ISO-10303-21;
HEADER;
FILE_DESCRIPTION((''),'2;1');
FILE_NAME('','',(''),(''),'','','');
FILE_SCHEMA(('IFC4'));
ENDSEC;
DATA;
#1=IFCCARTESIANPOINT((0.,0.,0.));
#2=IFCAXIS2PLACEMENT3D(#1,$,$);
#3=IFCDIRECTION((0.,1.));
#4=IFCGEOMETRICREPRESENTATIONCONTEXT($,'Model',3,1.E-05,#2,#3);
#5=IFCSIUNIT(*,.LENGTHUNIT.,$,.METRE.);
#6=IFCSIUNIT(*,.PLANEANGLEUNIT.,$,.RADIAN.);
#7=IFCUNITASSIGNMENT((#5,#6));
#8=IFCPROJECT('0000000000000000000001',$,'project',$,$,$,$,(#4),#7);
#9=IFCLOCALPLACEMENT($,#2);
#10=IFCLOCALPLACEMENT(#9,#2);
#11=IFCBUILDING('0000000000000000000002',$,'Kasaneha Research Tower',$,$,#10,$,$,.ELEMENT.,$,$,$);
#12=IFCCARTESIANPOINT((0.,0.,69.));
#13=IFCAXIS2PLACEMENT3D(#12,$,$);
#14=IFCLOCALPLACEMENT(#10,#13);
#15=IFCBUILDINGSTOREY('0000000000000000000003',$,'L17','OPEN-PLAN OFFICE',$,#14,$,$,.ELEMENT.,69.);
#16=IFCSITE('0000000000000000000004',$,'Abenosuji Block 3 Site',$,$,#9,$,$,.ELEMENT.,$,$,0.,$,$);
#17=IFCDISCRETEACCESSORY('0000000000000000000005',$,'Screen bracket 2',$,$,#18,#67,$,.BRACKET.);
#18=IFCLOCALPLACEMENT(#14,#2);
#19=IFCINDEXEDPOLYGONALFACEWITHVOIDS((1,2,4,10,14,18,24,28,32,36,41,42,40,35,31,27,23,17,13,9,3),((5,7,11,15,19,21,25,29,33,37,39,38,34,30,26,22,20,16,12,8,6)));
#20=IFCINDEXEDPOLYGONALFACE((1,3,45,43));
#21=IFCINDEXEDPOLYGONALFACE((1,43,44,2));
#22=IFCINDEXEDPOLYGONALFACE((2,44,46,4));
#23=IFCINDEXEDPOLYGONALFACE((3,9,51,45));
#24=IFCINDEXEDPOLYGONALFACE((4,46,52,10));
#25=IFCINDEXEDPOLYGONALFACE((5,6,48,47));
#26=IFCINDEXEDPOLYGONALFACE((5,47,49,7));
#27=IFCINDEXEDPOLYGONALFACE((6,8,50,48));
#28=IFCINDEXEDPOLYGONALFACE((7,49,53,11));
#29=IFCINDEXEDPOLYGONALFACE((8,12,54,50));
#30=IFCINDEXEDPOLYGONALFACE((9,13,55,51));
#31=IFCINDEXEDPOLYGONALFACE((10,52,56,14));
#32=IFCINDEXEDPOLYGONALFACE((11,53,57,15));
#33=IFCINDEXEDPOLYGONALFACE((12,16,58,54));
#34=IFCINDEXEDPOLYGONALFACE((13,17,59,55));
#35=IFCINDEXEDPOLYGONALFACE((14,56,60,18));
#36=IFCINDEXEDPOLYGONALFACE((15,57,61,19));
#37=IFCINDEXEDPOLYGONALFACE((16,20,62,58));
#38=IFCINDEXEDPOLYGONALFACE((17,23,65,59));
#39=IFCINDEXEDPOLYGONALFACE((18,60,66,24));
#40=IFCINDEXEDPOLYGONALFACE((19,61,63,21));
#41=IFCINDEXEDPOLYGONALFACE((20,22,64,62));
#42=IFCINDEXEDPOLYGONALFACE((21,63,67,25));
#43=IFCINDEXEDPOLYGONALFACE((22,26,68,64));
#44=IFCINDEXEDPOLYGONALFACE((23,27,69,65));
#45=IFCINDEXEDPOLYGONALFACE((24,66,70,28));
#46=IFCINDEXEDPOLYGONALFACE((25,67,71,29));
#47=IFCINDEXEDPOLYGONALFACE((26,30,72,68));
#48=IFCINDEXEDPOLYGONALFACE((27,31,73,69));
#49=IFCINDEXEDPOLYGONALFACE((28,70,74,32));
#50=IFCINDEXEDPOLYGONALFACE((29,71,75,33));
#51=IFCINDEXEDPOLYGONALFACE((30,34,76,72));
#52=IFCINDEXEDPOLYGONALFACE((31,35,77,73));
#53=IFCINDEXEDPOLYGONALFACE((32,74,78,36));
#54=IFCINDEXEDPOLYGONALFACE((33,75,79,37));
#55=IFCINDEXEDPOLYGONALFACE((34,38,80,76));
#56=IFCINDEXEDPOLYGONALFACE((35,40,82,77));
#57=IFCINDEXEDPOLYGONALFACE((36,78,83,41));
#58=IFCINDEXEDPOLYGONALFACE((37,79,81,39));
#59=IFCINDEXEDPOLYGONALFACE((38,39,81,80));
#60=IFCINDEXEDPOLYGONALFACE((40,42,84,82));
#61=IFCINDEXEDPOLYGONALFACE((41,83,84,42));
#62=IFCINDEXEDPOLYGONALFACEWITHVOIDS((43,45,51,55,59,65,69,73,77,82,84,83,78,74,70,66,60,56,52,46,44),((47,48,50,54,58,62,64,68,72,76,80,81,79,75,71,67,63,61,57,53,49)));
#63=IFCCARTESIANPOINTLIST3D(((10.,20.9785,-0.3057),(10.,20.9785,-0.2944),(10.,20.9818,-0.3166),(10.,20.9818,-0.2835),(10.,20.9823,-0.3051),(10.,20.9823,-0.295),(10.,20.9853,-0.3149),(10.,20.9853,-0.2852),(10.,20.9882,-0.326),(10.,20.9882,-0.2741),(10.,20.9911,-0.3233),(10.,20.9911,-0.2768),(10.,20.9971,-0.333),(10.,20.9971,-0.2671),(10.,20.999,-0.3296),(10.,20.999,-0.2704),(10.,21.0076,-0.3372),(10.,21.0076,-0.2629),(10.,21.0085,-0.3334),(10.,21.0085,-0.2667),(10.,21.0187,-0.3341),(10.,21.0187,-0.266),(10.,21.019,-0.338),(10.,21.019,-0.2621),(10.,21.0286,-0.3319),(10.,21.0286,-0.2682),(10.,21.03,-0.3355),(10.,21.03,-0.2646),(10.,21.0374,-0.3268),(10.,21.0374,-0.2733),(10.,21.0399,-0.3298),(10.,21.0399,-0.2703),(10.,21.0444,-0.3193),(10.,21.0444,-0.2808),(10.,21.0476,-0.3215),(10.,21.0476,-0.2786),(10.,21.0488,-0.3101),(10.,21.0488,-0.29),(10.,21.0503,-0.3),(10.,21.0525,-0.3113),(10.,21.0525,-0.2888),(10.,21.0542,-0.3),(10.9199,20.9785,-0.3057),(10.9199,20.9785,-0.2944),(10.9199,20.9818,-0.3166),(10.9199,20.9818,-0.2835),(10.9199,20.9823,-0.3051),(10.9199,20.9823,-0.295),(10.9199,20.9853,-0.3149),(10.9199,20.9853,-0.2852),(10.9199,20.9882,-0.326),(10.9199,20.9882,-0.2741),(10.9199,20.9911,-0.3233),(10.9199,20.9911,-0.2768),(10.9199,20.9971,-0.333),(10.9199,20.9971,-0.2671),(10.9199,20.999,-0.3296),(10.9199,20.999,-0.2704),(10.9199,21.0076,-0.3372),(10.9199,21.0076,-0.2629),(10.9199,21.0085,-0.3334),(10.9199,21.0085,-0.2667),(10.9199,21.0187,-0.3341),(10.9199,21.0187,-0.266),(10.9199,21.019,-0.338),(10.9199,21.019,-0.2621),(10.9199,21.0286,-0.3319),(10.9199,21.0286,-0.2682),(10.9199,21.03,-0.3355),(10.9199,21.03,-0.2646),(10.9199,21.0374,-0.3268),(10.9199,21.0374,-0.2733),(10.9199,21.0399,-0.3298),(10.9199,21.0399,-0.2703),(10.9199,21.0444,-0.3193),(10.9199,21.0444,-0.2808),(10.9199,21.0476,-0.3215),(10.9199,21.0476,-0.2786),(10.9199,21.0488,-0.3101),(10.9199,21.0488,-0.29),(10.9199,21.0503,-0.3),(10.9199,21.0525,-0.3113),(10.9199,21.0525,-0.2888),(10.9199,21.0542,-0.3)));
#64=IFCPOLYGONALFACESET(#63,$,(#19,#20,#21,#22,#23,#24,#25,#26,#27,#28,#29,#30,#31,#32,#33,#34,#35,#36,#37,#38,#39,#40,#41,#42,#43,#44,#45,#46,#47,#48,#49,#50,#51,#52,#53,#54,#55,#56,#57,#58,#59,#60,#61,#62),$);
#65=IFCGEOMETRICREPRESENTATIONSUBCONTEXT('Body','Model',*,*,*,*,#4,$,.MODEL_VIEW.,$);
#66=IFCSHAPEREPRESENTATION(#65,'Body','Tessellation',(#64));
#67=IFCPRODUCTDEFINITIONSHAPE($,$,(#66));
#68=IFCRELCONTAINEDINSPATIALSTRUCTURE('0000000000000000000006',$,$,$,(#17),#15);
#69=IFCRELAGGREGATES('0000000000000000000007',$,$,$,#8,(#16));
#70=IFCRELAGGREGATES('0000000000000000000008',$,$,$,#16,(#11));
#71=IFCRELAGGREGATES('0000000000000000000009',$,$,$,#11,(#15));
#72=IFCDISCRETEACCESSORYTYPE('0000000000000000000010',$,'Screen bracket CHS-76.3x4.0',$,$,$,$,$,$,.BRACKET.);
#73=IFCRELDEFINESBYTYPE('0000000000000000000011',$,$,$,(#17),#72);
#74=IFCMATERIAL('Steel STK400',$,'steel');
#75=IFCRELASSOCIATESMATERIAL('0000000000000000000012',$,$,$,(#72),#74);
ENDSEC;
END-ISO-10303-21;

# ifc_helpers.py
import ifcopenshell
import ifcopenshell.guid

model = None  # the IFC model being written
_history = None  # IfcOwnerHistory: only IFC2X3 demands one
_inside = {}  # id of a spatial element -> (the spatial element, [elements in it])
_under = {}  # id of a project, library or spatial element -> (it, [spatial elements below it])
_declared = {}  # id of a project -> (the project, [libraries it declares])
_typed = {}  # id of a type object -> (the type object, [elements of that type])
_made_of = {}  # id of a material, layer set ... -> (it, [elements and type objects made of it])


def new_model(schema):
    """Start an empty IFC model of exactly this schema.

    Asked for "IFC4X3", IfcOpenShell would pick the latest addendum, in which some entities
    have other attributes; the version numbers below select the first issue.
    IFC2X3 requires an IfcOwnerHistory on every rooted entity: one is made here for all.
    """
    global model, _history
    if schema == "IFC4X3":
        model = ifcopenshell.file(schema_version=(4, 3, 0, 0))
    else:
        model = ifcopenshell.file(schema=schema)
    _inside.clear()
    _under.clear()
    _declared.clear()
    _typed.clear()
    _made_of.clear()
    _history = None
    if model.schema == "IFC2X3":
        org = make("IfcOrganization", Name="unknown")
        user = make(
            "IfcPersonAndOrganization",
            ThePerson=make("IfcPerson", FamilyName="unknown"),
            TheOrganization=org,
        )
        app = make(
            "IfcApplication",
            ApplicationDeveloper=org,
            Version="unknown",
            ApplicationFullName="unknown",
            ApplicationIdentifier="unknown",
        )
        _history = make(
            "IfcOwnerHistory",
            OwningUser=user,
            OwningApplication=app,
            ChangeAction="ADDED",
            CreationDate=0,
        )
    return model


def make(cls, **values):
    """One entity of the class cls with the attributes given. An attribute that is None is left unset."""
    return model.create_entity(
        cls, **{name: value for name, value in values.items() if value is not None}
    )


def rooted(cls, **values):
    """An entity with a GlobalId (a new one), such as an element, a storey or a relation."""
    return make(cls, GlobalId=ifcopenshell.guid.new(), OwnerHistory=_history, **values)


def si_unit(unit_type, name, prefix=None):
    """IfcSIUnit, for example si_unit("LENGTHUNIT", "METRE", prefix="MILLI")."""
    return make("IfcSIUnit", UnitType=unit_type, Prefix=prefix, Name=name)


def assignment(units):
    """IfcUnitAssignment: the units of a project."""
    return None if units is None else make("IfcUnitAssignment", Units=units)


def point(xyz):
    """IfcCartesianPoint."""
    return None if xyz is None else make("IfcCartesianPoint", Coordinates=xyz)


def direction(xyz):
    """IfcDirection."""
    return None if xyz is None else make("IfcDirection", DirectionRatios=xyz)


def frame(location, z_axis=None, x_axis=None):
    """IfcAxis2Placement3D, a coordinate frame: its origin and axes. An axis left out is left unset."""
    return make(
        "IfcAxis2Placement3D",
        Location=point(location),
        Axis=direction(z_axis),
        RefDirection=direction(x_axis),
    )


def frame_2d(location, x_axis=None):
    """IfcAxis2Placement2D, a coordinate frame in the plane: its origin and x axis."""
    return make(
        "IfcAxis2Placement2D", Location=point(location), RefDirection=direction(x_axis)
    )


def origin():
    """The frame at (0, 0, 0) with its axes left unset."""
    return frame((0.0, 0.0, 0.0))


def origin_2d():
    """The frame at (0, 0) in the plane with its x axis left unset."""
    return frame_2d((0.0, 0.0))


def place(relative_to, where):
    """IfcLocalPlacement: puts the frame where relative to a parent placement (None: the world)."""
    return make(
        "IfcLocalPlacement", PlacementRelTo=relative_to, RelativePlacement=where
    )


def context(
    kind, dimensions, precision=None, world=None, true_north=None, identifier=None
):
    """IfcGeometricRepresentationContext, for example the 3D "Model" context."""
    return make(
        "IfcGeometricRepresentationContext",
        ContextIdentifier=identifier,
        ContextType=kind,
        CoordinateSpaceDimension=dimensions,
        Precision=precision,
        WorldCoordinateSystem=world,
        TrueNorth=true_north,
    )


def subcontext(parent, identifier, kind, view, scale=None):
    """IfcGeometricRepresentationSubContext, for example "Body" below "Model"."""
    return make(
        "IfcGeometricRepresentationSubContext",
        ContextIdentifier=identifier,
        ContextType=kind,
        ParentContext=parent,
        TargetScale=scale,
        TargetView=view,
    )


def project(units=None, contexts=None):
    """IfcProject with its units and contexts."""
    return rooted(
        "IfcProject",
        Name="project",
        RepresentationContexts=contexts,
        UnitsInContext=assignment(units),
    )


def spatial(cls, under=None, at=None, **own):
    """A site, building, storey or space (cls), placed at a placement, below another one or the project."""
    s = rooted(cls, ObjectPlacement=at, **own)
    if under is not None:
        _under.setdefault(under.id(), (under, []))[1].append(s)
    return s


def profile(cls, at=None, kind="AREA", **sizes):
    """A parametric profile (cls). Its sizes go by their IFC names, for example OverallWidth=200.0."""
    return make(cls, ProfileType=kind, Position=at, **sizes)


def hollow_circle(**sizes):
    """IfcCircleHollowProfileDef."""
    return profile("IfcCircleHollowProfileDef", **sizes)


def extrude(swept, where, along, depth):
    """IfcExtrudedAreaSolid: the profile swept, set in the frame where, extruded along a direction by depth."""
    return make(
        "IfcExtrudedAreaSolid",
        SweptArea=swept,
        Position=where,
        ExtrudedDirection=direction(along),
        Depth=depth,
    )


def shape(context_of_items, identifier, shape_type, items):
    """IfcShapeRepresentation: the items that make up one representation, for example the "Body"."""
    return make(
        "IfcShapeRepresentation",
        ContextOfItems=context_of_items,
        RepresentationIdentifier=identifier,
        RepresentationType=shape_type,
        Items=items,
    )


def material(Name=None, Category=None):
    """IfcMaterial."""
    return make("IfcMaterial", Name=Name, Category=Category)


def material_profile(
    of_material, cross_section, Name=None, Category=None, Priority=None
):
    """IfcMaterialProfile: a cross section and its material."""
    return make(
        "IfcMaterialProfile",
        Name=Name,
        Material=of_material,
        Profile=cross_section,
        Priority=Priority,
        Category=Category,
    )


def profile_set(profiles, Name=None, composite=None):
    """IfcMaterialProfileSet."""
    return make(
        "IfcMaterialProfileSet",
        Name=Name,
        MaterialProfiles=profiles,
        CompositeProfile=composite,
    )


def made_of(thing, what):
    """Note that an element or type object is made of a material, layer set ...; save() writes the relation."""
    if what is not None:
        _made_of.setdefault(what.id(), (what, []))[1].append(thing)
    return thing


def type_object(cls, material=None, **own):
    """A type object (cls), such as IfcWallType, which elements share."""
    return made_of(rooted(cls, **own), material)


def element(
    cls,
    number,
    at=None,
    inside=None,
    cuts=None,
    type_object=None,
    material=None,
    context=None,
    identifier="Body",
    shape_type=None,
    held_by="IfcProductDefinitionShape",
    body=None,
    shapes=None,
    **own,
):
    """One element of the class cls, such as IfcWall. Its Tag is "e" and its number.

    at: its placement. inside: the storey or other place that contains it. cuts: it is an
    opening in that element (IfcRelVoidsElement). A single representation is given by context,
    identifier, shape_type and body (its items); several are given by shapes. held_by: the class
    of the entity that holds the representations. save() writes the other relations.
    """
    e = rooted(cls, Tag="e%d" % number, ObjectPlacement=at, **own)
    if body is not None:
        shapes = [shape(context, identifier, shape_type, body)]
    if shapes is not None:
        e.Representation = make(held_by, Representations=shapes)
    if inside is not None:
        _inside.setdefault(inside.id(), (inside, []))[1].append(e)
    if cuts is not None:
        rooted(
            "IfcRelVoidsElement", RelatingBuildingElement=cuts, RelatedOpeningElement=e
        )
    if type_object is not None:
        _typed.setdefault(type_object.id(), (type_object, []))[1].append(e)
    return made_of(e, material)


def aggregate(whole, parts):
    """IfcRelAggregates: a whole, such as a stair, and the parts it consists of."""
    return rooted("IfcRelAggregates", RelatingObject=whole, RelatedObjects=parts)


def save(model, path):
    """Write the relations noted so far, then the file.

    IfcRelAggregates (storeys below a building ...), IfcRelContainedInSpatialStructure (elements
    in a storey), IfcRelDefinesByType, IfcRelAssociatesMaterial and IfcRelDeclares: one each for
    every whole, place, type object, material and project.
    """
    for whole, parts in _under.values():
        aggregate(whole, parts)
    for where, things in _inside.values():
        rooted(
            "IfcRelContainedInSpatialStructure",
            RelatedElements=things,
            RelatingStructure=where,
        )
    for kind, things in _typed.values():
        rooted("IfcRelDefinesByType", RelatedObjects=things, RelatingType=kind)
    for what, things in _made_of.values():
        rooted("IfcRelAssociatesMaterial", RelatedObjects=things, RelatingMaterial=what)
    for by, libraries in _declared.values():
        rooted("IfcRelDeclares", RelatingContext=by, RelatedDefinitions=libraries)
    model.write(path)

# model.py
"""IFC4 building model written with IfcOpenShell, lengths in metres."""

from ifc_helpers import new_model, si_unit, direction, frame, origin, origin_2d, place, context, subcontext, project, spatial, hollow_circle, extrude, material, material_profile, profile_set, type_object, element, save


model = new_model("IFC4")

# Units and contexts
model_context = context("Model", 3, precision=1e-05, world=origin(), true_north=direction((0.0, 1.0)))
body_context = subcontext(model_context, "Body", "Model", "MODEL_VIEW")
ifc_project = project(units=[si_unit("LENGTHUNIT", "METRE"), si_unit("PLANEANGLEUNIT", "RADIAN")], contexts=[model_context])

# Site, building, storey
site_placement = place(None, origin())
site = spatial("IfcSite", under=ifc_project, at=site_placement, Name="Abenosuji Block 3 Site", CompositionType="ELEMENT", RefElevation=0.0)
building_placement = place(site_placement, origin())
building = spatial("IfcBuilding", under=site, at=building_placement, Name="Kasaneha Research Tower", CompositionType="ELEMENT")
storey_placement = place(building_placement, frame((0.0, 0.0, 69.0)))
storey = spatial("IfcBuildingStorey", under=building, at=storey_placement, Name="L17", Description="OPEN-PLAN OFFICE", CompositionType="ELEMENT", Elevation=69.0)

# Discrete accessory
ifc_material_1 = material(Name="Steel STK400", Category="steel")
ifc_material_profile_1 = material_profile(ifc_material_1, hollow_circle(Radius=0.0381, WallThickness=0.0039, at=origin_2d()), Name="CHS-76.3x4.0")
ifc_profile_set_1 = profile_set([ifc_material_profile_1], Name="Steel STK400")
discrete_accessory_type = type_object("IfcDiscreteAccessoryType", Name="Screen bracket CHS-76.3x4.0", PredefinedType="BRACKET", material=ifc_profile_set_1)
discrete_accessory_1_placement = place(storey_placement, frame((10.0, 21.0161, -0.3), z_axis=(1.0, 0.0, 0.0), x_axis=(0.0, 1.0, 0.0)))
element("IfcDiscreteAccessory", 1, at=discrete_accessory_1_placement, inside=storey, type_object=discrete_accessory_type, Name="Screen bracket 2", PredefinedType="BRACKET", context=body_context, shape_type="SweptSolid", body=[
    extrude(hollow_circle(Radius=0.0381, WallThickness=0.0039, at=origin_2d()), origin(), (0.0, 0.0, 1.0), 0.9199),
])

save(model, "model.ifc")
